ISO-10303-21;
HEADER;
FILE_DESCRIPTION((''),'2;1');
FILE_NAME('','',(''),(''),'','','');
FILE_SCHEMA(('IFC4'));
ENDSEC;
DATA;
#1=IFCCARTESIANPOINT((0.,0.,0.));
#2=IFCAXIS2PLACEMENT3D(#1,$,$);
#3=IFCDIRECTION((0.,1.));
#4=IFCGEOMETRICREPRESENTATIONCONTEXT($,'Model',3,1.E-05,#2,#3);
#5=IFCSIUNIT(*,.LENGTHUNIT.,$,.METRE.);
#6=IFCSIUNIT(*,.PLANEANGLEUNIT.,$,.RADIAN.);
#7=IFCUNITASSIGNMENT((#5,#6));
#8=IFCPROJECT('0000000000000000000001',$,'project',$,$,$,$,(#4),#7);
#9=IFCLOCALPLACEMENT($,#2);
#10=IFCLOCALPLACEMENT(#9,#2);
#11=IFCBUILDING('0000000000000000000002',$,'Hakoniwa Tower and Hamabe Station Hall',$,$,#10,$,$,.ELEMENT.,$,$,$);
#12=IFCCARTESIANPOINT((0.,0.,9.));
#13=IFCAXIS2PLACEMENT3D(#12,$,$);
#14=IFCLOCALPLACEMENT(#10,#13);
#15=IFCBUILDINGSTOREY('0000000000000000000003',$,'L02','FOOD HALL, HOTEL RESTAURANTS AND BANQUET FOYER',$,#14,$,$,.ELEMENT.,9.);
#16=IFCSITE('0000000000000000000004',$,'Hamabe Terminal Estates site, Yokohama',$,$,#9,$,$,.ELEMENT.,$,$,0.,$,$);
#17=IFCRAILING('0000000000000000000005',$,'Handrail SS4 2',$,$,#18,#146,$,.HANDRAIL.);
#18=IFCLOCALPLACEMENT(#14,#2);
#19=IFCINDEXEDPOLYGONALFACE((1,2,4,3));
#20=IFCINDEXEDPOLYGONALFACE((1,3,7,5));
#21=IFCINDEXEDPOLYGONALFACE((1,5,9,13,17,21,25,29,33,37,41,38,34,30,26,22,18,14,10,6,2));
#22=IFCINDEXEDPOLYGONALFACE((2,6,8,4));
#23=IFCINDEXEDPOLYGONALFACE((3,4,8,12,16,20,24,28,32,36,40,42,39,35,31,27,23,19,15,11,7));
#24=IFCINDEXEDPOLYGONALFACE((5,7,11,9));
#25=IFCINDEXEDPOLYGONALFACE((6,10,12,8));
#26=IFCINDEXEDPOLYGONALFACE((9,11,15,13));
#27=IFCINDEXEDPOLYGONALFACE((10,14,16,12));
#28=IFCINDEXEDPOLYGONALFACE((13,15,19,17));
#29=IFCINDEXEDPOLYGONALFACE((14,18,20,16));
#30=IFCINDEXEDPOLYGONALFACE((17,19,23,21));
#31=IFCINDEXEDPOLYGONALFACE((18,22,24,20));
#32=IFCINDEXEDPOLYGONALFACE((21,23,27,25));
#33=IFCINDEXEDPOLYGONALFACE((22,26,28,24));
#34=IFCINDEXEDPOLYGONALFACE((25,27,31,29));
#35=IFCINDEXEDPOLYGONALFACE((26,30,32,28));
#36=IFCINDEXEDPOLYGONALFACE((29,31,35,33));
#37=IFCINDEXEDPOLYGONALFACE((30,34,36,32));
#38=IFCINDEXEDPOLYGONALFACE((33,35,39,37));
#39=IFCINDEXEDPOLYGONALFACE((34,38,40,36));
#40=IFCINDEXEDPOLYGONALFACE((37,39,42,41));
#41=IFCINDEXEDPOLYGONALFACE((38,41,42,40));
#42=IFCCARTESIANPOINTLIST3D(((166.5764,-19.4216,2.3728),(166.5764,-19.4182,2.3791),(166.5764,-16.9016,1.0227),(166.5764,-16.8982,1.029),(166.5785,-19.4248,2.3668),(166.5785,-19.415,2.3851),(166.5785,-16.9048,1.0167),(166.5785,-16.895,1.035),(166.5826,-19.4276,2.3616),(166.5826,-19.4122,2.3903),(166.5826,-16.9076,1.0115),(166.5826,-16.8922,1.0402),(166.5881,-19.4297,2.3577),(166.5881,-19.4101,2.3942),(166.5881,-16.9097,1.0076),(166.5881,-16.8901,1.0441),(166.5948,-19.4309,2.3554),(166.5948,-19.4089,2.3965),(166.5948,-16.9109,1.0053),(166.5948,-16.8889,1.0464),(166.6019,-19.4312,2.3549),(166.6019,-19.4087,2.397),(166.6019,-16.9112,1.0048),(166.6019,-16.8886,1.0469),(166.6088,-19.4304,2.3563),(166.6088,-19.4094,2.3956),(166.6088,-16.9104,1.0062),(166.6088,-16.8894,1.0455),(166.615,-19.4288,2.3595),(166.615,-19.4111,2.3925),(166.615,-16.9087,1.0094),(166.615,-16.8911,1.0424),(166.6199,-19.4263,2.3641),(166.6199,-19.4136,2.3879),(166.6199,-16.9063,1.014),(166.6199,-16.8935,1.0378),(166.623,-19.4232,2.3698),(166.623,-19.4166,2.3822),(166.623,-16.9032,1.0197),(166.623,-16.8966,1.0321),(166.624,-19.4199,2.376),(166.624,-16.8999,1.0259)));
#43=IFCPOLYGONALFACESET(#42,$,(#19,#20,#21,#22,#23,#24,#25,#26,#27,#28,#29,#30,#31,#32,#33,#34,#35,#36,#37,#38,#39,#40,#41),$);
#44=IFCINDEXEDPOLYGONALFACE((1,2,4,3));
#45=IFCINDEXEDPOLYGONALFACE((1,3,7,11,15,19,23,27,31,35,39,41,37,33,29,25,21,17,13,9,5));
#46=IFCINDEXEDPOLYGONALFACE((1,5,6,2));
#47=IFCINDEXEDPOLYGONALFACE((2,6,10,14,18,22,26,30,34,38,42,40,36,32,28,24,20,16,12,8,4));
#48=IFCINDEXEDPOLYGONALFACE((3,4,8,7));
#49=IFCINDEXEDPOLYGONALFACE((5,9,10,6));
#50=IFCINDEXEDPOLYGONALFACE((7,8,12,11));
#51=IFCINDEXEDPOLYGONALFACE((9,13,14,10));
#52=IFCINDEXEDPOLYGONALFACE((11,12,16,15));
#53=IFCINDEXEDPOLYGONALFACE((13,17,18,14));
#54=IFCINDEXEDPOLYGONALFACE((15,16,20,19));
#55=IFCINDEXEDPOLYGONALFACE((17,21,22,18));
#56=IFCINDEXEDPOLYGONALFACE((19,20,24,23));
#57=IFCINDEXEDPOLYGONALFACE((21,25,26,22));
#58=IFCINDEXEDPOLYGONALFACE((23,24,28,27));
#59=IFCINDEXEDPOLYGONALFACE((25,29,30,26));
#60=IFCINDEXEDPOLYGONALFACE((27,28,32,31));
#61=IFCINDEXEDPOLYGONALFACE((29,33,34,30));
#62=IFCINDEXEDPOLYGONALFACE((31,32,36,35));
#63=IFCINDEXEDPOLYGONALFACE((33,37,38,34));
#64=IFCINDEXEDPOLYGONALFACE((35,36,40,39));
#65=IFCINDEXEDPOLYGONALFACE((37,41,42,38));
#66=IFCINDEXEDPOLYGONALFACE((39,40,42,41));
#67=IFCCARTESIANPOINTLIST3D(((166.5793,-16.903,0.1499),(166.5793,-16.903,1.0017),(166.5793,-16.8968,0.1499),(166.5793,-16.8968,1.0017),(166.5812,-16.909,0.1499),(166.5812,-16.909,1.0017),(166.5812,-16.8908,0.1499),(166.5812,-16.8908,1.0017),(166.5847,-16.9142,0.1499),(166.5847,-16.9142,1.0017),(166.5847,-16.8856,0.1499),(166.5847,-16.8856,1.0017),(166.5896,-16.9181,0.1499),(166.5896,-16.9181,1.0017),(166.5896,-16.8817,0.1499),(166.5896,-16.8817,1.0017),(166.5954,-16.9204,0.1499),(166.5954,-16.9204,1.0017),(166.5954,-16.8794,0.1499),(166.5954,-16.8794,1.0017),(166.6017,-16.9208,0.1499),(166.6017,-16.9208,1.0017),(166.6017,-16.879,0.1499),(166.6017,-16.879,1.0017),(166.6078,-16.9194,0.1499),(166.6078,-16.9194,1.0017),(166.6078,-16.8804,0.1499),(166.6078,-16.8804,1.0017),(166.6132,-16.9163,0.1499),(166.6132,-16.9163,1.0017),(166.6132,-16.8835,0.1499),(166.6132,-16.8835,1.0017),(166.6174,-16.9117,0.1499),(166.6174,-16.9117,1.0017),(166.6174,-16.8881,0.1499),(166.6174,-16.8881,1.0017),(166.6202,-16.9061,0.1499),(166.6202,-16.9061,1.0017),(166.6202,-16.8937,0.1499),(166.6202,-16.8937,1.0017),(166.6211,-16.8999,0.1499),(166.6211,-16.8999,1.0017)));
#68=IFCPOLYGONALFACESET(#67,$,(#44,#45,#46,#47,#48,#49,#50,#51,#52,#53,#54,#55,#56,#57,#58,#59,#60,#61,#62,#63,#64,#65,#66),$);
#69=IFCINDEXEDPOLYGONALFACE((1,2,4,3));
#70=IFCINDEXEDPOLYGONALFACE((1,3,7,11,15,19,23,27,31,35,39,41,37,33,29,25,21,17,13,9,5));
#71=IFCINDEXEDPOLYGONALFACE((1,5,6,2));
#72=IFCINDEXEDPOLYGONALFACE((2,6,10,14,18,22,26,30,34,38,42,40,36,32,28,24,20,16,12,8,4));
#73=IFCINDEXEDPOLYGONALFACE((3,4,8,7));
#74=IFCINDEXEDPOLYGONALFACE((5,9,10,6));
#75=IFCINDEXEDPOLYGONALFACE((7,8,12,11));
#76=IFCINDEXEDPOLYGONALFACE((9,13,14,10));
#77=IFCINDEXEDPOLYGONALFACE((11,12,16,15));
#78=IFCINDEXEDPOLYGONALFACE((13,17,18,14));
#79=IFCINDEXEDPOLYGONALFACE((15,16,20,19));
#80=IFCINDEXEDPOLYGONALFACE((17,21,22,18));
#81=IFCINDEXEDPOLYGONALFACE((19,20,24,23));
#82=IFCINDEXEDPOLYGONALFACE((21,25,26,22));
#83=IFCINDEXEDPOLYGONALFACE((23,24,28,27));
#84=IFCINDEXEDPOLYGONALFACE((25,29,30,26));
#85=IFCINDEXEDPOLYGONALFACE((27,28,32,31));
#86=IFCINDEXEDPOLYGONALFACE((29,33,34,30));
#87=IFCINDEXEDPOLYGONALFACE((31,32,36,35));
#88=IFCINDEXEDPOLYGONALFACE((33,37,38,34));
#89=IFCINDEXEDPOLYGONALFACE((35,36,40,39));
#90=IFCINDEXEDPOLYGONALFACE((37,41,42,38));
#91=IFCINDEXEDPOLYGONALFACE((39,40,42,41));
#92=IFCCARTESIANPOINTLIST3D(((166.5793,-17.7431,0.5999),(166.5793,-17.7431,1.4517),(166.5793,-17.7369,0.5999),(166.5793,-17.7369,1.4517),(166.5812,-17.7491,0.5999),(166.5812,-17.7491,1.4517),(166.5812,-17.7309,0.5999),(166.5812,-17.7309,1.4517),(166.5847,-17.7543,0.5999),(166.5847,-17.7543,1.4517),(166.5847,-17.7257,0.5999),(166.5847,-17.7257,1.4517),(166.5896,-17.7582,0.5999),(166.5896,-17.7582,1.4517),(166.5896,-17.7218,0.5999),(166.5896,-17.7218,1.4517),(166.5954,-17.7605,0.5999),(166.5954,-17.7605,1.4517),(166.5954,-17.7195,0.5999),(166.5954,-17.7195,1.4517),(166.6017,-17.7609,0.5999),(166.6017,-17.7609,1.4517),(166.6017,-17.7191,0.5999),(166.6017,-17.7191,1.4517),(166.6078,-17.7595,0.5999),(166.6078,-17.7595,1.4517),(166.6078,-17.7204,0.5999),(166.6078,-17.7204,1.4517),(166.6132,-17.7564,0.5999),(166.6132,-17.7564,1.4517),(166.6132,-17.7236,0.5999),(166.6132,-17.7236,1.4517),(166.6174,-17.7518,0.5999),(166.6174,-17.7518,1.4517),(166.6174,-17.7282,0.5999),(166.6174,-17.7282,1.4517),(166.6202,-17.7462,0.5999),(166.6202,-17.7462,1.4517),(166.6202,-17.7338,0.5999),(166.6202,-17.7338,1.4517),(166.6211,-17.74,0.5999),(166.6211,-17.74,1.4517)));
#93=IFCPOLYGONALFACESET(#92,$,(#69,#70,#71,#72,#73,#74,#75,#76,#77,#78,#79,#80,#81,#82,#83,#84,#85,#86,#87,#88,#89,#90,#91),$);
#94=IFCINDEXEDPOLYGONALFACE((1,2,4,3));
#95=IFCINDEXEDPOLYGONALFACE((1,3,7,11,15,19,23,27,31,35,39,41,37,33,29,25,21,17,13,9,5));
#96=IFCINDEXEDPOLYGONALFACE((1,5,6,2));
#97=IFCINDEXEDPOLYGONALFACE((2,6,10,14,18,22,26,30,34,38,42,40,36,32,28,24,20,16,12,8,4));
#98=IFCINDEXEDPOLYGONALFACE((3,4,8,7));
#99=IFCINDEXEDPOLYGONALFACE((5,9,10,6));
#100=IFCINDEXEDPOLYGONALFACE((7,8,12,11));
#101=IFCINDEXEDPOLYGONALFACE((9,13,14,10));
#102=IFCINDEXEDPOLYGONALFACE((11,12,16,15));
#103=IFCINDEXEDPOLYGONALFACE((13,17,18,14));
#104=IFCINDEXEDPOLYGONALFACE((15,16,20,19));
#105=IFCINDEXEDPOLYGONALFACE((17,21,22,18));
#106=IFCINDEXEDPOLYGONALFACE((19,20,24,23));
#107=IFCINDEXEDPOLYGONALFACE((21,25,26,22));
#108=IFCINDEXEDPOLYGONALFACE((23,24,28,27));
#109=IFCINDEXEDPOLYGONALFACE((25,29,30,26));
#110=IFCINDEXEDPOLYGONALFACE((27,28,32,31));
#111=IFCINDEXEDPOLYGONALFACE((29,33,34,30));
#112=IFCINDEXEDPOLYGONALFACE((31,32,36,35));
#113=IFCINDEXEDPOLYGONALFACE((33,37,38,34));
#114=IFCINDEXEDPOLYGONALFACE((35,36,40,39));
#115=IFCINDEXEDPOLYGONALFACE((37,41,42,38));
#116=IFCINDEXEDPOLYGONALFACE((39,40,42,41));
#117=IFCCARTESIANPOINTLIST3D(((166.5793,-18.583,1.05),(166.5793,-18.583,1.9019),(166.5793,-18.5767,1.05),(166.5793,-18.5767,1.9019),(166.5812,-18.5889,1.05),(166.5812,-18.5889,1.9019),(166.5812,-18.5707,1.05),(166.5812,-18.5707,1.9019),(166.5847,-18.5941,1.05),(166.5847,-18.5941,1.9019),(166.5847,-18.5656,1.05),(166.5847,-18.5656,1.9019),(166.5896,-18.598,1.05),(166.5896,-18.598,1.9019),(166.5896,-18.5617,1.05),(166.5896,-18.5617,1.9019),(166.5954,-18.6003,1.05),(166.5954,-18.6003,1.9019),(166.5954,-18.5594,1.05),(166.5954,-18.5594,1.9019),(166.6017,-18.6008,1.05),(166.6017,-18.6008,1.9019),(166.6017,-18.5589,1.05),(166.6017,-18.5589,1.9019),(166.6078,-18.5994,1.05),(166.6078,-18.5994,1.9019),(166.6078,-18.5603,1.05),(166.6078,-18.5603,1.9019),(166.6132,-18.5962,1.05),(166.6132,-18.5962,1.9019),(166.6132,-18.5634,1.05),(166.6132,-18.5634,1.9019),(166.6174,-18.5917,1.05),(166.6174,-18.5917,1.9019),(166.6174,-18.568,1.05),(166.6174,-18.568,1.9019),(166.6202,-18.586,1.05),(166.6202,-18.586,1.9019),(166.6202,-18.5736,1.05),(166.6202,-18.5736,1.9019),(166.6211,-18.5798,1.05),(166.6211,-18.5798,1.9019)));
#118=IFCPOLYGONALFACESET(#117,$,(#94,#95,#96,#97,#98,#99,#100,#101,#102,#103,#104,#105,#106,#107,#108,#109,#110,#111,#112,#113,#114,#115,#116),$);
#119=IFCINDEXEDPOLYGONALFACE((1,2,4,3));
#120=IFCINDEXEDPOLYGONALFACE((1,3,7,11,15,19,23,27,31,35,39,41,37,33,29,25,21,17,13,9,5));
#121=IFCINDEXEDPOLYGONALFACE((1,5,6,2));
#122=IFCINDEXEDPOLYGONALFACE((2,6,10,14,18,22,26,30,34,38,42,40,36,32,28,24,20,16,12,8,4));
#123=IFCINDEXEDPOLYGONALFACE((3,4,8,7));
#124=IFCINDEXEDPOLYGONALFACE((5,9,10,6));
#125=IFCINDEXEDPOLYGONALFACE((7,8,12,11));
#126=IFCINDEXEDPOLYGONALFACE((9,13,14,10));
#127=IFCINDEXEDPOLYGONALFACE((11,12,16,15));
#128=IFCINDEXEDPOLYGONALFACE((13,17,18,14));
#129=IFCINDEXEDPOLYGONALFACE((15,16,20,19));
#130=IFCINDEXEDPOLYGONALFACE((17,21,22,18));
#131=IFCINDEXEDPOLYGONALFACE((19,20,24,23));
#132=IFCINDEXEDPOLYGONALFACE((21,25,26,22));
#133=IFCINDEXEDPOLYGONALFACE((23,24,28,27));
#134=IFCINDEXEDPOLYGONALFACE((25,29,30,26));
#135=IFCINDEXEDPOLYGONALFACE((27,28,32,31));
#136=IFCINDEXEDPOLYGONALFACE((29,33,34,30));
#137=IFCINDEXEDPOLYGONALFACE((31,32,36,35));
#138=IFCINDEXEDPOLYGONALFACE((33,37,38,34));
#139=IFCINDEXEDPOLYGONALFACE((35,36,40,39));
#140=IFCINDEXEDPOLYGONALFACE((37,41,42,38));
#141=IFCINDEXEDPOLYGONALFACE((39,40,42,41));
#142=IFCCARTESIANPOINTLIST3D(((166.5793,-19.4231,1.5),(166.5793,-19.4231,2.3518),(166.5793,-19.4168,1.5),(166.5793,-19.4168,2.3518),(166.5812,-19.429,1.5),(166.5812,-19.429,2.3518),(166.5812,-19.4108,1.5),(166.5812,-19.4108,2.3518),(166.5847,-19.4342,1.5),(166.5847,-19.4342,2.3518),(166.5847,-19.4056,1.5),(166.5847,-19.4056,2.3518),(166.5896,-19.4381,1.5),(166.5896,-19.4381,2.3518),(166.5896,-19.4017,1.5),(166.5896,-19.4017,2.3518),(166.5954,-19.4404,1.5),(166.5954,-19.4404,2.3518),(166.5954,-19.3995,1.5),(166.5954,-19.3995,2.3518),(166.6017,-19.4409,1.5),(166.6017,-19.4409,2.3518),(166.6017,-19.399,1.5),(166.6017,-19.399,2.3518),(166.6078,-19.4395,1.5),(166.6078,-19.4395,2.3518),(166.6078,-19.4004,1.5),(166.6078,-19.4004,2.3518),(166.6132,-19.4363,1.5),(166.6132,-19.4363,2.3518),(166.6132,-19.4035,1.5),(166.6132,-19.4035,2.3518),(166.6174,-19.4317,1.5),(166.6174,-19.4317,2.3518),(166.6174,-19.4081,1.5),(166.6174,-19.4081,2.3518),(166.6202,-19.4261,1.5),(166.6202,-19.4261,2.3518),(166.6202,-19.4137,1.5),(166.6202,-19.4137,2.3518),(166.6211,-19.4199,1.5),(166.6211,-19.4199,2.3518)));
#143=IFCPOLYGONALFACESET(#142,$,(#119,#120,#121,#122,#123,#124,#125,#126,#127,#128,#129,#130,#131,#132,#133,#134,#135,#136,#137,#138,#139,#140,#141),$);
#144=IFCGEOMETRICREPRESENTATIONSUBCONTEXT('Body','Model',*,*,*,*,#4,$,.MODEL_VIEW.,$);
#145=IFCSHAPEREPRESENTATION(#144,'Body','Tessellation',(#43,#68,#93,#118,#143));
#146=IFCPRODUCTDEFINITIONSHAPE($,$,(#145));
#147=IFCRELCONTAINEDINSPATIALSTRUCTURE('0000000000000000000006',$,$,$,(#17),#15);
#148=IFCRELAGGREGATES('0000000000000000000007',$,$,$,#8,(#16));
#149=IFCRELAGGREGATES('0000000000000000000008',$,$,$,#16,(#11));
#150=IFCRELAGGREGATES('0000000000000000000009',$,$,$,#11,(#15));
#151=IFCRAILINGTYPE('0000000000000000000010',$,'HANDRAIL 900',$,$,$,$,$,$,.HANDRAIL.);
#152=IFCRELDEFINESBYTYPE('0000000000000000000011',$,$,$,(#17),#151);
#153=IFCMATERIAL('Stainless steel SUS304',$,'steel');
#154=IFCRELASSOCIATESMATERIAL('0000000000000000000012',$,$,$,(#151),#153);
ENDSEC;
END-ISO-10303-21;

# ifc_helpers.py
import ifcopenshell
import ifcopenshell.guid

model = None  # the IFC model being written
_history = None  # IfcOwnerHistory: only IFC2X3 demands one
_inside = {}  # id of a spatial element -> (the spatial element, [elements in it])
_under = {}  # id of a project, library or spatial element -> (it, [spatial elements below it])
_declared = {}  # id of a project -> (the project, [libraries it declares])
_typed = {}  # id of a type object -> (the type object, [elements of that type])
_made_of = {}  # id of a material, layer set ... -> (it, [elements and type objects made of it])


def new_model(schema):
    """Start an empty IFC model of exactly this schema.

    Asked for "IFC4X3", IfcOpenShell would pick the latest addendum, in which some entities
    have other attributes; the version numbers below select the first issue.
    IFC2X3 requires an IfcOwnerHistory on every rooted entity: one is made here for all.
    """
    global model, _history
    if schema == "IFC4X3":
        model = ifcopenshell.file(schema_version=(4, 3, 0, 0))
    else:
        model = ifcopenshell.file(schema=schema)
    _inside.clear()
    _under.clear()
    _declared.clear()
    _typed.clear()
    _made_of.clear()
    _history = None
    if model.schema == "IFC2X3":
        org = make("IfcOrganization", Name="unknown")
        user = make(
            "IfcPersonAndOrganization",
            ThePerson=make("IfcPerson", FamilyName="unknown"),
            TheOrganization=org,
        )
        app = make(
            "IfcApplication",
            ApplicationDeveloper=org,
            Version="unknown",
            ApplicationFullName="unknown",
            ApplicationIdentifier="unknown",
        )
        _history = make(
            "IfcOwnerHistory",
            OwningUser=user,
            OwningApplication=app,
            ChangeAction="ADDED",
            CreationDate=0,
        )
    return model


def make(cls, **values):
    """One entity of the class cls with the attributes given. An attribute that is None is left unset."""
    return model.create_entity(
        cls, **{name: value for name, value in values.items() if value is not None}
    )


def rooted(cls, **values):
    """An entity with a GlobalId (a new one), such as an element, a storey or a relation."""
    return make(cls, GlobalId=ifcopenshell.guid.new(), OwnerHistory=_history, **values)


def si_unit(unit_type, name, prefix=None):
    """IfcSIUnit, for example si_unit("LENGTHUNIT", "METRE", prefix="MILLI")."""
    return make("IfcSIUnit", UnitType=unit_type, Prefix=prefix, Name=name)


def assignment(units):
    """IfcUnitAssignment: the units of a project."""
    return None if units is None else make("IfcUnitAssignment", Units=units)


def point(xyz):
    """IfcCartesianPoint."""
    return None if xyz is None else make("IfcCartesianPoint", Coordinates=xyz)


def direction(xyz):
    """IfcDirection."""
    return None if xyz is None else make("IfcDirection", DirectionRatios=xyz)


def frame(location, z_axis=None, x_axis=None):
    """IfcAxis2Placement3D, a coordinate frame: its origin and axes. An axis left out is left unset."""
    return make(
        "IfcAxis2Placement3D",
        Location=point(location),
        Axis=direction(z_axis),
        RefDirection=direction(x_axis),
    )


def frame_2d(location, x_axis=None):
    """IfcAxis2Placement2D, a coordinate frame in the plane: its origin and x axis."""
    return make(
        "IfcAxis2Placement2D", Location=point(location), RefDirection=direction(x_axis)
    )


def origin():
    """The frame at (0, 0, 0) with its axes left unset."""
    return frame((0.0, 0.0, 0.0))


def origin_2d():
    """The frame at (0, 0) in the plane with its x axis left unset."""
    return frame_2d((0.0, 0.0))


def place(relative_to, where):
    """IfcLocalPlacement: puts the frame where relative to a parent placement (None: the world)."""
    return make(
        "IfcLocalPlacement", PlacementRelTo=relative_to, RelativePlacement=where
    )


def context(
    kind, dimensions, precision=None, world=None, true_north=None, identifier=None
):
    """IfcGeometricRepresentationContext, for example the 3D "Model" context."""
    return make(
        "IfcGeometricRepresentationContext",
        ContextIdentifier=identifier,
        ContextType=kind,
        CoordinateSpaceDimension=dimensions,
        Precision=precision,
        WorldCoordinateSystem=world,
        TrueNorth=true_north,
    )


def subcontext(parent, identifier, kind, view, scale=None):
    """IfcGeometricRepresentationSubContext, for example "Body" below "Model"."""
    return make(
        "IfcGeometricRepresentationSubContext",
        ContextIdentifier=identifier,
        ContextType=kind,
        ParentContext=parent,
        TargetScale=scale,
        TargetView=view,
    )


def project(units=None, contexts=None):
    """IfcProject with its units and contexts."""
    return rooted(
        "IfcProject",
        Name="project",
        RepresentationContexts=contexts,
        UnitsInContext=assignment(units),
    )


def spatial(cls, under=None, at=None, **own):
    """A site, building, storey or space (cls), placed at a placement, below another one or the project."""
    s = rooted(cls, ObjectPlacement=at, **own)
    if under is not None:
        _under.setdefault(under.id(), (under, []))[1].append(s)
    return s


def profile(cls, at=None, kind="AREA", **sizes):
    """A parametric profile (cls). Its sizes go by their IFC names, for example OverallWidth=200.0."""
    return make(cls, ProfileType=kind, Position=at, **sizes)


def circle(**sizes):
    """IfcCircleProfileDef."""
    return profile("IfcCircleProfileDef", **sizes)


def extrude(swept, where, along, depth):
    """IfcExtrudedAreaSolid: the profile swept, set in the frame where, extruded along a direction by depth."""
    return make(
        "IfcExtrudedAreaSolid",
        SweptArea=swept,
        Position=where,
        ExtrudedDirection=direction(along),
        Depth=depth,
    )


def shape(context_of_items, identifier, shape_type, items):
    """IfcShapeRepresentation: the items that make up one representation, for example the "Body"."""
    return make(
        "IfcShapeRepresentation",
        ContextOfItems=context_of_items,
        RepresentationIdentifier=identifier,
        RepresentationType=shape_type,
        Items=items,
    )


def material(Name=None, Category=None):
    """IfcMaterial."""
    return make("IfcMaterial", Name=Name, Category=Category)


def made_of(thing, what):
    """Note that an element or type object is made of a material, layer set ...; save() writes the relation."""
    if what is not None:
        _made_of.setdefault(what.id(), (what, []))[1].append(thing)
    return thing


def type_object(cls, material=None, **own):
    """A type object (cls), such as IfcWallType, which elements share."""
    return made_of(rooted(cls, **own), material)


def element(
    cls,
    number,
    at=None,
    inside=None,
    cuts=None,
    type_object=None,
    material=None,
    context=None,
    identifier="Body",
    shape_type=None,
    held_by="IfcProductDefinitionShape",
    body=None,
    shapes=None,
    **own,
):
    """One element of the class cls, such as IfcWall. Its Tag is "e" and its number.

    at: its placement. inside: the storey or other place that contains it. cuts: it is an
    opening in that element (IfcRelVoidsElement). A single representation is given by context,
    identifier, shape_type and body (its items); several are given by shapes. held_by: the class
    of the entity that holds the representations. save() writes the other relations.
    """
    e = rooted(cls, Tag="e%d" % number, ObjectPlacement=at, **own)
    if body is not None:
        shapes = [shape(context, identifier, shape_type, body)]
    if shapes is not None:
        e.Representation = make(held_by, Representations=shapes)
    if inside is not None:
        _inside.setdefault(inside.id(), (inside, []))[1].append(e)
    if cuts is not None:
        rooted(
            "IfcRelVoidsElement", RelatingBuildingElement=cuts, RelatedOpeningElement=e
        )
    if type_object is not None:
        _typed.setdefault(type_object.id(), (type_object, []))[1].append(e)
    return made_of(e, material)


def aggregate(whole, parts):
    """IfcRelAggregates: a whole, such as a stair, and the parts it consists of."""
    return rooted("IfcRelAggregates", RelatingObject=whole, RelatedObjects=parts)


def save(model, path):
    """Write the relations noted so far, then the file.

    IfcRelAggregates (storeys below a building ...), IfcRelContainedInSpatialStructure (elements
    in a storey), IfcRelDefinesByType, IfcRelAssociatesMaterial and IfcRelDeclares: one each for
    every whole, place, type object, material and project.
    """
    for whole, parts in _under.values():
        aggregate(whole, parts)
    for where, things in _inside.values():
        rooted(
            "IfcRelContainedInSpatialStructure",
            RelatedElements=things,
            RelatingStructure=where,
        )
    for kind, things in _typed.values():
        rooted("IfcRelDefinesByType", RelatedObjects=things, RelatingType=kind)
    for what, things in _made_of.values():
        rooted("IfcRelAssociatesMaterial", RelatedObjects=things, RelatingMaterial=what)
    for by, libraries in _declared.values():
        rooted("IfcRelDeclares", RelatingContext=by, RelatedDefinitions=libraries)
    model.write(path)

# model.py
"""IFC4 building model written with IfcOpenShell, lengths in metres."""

from ifc_helpers import new_model, si_unit, direction, frame, origin, origin_2d, place, context, subcontext, project, spatial, circle, extrude, material, type_object, element, save


model = new_model("IFC4")

# Units and contexts
model_context = context("Model", 3, precision=1e-05, world=origin(), true_north=direction((0.0, 1.0)))
body_context = subcontext(model_context, "Body", "Model", "MODEL_VIEW")
ifc_project = project(units=[si_unit("LENGTHUNIT", "METRE"), si_unit("PLANEANGLEUNIT", "RADIAN")], contexts=[model_context])

# Site, building, storey
site_placement = place(None, origin())
site = spatial("IfcSite", under=ifc_project, at=site_placement, Name="Hamabe Terminal Estates site, Yokohama", CompositionType="ELEMENT", RefElevation=0.0)
building_placement = place(site_placement, origin())
building = spatial("IfcBuilding", under=site, at=building_placement, Name="Hakoniwa Tower and Hamabe Station Hall", CompositionType="ELEMENT")
storey_placement = place(building_placement, frame((0.0, 0.0, 9.0)))
storey = spatial("IfcBuildingStorey", under=building, at=storey_placement, Name="L02", Description="FOOD HALL, HOTEL RESTAURANTS AND BANQUET FOYER", CompositionType="ELEMENT", Elevation=9.0)

# Railing
ifc_material_1 = material(Name="Stainless steel SUS304", Category="steel")
railing_type = type_object("IfcRailingType", Name="HANDRAIL 900", PredefinedType="HANDRAIL", material=ifc_material_1)
for number, where, name in (
    (1, (166.6001, -16.8999, 0.1499), "Handrail SS4 2"),
):
    element("IfcRailing", number, at=place(storey_placement, frame(where)), inside=storey, type_object=railing_type, Name=name, PredefinedType="HANDRAIL", context=body_context, shape_type="SweptSolid", body=[
        extrude(circle(Radius=0.0239, at=origin_2d()), frame((0.0, 0.0, 0.876), z_axis=(0.0, -0.881467, 0.472245), x_axis=(1.0, 0.0, 0.0)), (0.0, 0.0, 1.0), 2.8589),
        extrude(circle(Radius=0.021, at=origin_2d()), origin(), (0.0, 0.0, 1.0), 0.8518),
        extrude(circle(Radius=0.021, at=origin_2d()), frame((0.0, -0.8401, 0.45)), (0.0, 0.0, 1.0), 0.8518),
        extrude(circle(Radius=0.021, at=origin_2d()), frame((0.0, -1.6799, 0.9001)), (0.0, 0.0, 1.0), 0.8518),
        extrude(circle(Radius=0.021, at=origin_2d()), frame((0.0, -2.52, 1.3501)), (0.0, 0.0, 1.0), 0.8518),
    ])

save(model, "model.ifc")
